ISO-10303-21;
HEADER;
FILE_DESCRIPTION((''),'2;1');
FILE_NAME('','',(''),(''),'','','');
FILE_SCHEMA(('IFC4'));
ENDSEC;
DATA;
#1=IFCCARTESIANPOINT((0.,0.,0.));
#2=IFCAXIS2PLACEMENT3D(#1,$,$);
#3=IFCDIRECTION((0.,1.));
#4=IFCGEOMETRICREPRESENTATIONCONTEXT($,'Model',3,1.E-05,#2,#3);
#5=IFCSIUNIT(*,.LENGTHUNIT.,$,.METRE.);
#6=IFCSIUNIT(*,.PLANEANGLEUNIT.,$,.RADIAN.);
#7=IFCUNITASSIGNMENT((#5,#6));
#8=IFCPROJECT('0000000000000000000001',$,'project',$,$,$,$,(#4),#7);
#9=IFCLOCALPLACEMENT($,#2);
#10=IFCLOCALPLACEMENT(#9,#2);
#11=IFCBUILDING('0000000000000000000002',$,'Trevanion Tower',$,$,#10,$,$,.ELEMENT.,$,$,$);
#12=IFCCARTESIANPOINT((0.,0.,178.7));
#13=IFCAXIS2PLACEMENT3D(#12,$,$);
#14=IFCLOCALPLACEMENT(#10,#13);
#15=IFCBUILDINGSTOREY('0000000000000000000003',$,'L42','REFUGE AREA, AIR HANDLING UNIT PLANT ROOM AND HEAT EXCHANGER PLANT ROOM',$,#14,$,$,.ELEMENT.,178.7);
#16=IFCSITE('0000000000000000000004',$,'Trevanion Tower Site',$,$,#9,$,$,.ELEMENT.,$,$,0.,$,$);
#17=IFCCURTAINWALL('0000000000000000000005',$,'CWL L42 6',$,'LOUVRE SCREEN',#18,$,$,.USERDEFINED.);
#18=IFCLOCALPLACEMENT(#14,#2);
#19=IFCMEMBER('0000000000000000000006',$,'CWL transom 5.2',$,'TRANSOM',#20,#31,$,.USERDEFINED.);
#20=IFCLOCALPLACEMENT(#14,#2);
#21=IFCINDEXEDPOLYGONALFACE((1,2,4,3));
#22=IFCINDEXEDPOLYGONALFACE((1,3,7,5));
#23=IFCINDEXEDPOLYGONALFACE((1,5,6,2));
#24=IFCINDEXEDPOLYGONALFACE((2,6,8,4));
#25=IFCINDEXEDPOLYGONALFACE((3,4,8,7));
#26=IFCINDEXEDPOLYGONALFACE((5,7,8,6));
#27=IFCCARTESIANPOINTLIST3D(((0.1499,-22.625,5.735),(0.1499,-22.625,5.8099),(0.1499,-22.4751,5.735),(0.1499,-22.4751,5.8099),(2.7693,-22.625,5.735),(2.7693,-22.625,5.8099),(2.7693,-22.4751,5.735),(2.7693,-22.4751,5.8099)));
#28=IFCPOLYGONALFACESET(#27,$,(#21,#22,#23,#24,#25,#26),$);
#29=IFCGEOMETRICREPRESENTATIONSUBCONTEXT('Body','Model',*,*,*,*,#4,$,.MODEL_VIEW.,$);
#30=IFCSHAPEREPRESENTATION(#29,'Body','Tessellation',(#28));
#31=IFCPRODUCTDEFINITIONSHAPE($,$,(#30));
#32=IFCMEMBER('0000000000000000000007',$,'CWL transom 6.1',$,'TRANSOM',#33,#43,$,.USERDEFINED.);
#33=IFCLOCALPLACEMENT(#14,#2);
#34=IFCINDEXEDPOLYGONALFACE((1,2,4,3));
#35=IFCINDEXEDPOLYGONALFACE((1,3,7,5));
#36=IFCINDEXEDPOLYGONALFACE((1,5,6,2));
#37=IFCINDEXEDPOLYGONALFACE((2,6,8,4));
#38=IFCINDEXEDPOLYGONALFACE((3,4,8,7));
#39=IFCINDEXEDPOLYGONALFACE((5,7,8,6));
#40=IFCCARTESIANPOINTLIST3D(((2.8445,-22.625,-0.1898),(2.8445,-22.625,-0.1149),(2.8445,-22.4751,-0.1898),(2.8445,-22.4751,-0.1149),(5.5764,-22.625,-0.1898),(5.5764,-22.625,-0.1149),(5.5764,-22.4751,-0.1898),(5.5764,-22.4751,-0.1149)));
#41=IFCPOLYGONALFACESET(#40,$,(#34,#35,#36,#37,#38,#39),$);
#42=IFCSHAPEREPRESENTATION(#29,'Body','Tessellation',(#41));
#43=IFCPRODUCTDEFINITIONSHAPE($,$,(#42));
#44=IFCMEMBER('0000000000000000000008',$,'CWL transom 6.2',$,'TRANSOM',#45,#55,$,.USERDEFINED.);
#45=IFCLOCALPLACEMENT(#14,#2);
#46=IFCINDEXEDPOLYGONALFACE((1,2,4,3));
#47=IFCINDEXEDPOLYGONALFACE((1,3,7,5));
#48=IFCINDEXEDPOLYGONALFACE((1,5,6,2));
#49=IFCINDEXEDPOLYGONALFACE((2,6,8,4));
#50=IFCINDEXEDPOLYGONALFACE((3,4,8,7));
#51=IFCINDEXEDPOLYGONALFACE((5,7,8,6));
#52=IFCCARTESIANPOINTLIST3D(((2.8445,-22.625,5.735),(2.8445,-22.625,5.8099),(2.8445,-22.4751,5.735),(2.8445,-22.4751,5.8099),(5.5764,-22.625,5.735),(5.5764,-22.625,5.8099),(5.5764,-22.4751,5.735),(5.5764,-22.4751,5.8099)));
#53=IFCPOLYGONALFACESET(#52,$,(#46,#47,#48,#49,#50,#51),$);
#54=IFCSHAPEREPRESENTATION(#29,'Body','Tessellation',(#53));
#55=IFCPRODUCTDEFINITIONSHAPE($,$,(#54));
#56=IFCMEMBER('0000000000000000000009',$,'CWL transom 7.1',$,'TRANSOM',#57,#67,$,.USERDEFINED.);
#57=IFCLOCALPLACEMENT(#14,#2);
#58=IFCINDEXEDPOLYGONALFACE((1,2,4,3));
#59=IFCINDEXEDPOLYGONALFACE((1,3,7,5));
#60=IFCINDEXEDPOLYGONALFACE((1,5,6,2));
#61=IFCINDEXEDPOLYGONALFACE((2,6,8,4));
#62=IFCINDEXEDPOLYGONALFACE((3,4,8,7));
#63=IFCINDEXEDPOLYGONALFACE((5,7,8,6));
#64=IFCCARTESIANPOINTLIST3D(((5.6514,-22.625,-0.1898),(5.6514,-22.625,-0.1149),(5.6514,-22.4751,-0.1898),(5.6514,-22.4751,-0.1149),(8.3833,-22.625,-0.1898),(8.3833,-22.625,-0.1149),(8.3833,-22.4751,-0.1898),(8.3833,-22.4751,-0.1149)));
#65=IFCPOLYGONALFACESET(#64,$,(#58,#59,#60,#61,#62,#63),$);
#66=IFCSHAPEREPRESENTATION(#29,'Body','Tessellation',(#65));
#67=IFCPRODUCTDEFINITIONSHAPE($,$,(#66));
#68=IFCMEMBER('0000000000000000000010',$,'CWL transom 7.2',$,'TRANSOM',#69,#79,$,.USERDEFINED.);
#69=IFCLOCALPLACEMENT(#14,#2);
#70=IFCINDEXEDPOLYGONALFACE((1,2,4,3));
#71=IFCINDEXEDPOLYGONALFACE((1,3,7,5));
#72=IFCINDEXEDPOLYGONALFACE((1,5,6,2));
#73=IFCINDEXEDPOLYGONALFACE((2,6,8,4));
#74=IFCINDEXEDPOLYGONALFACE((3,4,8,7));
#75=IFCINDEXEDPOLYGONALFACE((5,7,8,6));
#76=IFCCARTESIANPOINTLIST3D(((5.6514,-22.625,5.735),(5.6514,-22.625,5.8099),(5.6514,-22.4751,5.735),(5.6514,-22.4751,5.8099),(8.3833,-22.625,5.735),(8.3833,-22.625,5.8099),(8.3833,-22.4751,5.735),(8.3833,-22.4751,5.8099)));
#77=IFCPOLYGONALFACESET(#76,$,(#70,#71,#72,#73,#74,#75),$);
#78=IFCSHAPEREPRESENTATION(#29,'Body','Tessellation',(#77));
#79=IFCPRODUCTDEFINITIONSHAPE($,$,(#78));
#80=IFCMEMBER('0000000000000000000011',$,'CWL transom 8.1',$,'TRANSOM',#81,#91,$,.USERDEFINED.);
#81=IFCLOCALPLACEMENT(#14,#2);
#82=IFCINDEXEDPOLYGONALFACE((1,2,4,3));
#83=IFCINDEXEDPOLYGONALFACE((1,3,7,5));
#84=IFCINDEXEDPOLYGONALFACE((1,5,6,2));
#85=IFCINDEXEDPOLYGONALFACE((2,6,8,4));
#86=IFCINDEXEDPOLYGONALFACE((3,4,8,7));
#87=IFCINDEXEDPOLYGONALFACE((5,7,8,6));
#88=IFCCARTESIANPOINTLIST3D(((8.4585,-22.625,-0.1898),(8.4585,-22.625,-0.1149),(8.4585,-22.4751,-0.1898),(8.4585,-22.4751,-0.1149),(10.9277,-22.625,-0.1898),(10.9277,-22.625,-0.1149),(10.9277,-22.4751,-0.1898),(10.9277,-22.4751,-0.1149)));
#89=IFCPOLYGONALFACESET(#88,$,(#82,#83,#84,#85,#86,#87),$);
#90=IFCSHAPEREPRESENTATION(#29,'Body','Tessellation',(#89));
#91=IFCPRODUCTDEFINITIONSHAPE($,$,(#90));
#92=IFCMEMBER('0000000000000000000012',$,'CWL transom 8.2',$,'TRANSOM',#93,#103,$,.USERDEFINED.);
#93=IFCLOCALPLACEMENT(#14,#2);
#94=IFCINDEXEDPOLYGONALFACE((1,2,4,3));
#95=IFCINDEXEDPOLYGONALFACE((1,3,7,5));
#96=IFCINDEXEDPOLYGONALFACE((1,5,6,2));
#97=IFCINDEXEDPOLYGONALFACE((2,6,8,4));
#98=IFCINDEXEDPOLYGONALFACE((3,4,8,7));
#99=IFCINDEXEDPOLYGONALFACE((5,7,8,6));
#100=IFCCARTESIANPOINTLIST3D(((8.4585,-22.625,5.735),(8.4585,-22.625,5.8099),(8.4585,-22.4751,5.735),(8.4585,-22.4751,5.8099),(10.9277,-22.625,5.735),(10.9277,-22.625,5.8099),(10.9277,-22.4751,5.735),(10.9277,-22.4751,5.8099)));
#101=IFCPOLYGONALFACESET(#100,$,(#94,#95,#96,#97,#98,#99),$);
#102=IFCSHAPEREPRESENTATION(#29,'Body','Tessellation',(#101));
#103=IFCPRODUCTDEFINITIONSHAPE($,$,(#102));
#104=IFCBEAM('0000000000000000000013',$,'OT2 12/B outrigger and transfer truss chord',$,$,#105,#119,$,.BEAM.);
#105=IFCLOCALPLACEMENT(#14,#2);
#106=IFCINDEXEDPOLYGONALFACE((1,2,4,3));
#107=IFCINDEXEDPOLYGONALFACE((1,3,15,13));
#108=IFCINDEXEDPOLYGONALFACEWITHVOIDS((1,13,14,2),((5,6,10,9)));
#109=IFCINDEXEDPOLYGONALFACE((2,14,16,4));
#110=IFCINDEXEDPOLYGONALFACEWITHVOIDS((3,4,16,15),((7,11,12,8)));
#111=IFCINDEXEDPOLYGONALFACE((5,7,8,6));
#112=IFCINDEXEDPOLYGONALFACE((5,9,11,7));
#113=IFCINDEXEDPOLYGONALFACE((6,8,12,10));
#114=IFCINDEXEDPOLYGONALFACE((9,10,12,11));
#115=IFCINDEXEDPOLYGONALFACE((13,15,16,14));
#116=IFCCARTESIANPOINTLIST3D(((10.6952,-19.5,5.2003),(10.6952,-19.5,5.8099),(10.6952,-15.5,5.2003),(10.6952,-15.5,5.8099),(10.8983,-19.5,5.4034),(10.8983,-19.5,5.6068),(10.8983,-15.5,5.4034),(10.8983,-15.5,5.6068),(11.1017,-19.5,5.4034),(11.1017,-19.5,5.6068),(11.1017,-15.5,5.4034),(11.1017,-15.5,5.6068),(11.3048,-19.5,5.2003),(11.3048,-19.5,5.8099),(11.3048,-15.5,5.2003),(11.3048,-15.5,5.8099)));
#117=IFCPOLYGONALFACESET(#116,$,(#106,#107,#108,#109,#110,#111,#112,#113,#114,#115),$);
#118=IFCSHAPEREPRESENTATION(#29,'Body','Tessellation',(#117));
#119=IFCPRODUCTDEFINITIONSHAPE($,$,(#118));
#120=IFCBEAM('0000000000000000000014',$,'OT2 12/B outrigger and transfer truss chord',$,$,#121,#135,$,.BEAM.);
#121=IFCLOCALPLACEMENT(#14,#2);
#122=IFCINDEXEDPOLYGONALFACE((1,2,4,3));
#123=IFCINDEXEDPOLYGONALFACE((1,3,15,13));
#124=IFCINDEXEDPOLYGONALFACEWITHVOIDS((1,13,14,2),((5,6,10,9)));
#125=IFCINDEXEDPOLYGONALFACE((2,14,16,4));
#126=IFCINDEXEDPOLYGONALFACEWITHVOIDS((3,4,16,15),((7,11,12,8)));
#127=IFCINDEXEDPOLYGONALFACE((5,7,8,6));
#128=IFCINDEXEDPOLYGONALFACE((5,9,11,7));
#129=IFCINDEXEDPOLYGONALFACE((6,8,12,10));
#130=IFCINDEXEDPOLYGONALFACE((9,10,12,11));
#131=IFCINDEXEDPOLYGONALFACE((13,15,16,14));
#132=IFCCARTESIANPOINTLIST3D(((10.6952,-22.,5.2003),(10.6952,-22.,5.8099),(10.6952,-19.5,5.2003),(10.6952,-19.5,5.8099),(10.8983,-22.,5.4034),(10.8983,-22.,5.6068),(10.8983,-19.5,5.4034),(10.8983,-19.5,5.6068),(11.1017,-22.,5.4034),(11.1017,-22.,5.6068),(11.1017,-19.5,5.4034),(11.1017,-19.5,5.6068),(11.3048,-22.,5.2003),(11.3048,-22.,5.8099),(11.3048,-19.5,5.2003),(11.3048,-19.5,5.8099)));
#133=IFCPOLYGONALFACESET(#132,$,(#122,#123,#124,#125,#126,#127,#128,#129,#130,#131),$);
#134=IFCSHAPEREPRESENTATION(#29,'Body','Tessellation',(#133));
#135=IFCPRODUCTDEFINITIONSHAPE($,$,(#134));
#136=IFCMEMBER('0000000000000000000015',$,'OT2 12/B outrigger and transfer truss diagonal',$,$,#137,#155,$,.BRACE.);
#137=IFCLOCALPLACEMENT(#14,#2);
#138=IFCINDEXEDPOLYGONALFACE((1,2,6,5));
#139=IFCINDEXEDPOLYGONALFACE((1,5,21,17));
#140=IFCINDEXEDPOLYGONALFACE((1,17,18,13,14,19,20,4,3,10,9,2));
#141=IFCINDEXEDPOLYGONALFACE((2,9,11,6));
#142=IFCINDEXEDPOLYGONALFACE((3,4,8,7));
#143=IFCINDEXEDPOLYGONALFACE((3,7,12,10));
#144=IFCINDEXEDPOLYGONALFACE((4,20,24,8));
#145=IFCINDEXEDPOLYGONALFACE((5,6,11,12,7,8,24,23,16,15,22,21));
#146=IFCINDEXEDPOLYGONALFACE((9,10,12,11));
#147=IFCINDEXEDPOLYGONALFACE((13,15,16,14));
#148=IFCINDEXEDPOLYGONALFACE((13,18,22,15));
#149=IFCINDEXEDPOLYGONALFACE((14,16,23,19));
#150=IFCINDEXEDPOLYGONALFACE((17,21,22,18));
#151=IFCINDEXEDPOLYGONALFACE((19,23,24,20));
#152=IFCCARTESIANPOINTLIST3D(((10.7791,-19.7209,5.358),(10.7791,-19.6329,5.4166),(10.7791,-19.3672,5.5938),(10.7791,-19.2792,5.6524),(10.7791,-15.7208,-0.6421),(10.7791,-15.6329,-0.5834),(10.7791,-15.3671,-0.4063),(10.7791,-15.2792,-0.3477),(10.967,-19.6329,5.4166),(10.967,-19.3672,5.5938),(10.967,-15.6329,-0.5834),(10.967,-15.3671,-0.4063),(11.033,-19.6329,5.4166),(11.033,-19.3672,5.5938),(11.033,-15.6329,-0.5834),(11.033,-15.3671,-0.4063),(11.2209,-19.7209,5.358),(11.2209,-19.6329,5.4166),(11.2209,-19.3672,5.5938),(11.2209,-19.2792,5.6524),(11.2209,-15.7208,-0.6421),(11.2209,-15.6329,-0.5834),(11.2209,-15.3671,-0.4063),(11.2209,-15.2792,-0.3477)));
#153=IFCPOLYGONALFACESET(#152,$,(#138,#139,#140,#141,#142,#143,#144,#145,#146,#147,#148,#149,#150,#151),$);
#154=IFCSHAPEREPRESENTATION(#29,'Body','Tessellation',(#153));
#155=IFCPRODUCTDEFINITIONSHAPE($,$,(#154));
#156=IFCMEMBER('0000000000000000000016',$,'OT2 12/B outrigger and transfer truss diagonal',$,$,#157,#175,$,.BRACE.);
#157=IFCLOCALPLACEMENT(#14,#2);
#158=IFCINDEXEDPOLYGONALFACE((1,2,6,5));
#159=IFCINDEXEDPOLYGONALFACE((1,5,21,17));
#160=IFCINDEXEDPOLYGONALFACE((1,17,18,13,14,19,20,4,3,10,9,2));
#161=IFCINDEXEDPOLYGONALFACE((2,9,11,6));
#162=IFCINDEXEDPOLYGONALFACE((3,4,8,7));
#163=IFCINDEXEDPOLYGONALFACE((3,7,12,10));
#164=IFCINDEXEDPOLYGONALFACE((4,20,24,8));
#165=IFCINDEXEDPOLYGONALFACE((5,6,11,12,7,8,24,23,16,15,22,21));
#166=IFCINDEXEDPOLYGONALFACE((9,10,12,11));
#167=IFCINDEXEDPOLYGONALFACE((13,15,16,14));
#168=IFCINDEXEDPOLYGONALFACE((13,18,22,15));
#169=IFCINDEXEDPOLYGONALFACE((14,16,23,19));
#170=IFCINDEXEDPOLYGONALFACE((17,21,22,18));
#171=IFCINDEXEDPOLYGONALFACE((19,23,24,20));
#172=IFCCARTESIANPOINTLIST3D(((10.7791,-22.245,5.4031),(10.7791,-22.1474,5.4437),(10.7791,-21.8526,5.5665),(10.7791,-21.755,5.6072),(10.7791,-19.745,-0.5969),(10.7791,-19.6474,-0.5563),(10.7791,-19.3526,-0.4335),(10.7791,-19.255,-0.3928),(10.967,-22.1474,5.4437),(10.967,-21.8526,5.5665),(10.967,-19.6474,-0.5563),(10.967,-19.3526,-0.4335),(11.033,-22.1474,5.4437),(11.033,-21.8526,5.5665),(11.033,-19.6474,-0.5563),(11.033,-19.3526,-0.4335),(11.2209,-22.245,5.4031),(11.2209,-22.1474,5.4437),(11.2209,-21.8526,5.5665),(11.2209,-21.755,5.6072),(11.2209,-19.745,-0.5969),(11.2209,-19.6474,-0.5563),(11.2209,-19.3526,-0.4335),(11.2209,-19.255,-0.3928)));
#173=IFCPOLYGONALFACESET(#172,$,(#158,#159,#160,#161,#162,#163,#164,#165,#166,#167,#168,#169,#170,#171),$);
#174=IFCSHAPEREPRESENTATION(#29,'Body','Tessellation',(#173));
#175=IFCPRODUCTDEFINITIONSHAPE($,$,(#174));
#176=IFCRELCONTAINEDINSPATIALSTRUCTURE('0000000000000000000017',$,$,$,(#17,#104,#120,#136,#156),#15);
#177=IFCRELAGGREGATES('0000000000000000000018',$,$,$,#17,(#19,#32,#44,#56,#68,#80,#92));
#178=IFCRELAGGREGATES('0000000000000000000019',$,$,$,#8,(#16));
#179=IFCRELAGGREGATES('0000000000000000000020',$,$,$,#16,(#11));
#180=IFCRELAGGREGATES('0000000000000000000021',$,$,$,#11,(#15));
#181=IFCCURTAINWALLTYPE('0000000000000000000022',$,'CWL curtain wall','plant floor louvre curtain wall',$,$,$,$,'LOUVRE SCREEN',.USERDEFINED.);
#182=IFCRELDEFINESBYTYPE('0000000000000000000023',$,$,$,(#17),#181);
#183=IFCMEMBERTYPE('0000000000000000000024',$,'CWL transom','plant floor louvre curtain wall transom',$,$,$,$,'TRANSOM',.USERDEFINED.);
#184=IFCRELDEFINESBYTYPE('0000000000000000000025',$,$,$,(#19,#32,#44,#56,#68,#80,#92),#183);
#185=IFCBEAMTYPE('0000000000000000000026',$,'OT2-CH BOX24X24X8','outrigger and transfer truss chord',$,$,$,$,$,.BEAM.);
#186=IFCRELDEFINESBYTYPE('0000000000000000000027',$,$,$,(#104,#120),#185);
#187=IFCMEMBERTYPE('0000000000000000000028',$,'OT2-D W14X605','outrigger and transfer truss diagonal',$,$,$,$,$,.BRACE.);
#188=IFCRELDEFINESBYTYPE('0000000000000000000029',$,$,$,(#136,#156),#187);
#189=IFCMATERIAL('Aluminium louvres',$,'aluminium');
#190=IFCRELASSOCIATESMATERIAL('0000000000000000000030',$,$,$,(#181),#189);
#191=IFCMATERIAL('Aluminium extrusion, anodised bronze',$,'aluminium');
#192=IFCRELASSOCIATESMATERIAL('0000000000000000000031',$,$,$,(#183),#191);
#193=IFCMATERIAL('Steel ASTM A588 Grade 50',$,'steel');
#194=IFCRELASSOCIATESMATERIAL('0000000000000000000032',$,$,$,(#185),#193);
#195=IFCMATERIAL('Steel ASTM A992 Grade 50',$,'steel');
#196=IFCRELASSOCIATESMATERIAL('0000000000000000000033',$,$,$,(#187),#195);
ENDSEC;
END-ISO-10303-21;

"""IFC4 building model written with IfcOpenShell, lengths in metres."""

from ifc_helpers import new_model, si_unit, direction, frame, origin, origin_2d, place, context, subcontext, project, spatial, rectangle, hollow_rectangle, i_section, extrude, material, material_profile, profile_set, type_object, element, aggregate, save


model = new_model("IFC4")

# Units and contexts
model_context = context("Model", 3, precision=1e-05, world=origin(), true_north=direction((0.0, 1.0)))
body_context = subcontext(model_context, "Body", "Model", "MODEL_VIEW")
ifc_project = project(units=[si_unit("LENGTHUNIT", "METRE"), si_unit("PLANEANGLEUNIT", "RADIAN")], contexts=[model_context])

# Site, building, storey
site_placement = place(None, origin())
site = spatial("IfcSite", under=ifc_project, at=site_placement, Name="Trevanion Tower Site", CompositionType="ELEMENT", RefElevation=0.0)
building_placement = place(site_placement, origin())
building = spatial("IfcBuilding", under=site, at=building_placement, Name="Trevanion Tower", CompositionType="ELEMENT")
storey_placement = place(building_placement, frame((0.0, 0.0, 178.7)))
storey = spatial("IfcBuildingStorey", under=building, at=storey_placement, Name="L42", Description="REFUGE AREA, AIR HANDLING UNIT PLANT ROOM AND HEAT EXCHANGER PLANT ROOM", CompositionType="ELEMENT", Elevation=178.7)

# Curtain wall, members
ifc_material_1 = material(Name="Aluminium louvres", Category="aluminium")
curtain_wall_type = type_object("IfcCurtainWallType", Name="CWL curtain wall", Description="plant floor louvre curtain wall", ElementType="LOUVRE SCREEN", PredefinedType="USERDEFINED", material=ifc_material_1)
curtain_wall_placement = place(storey_placement, origin())
curtain_wall = element("IfcCurtainWall", 1, at=curtain_wall_placement, inside=storey, type_object=curtain_wall_type, Name="CWL L42 6", ObjectType="LOUVRE SCREEN", PredefinedType="USERDEFINED")
ifc_material_2 = material(Name="Aluminium extrusion, anodised bronze", Category="aluminium")
ifc_material_profile_1 = material_profile(ifc_material_2, rectangle(XDim=0.1499, YDim=0.075, at=origin_2d()), Name="CWL transom")
ifc_profile_set_1 = profile_set([ifc_material_profile_1], Name="Aluminium extrusion, anodised bronze")
member_type_1 = type_object("IfcMemberType", Name="CWL transom", Description="plant floor louvre curtain wall transom", ElementType="TRANSOM", PredefinedType="USERDEFINED", material=ifc_profile_set_1)
member_1_placement = place(storey_placement, frame((0.1499, -22.55, 5.7725), z_axis=(1.0, 0.0, 0.0), x_axis=(0.0, 1.0, 0.0)))
member_1 = element("IfcMember", 2, at=member_1_placement, type_object=member_type_1, Name="CWL transom 5.2", ObjectType="TRANSOM", PredefinedType="USERDEFINED", context=body_context, shape_type="SweptSolid", body=[
    extrude(rectangle(XDim=0.1499, YDim=0.075, at=origin_2d()), origin(), (0.0, 0.0, 1.0), 2.6194),
])
member_2_placement = place(storey_placement, frame((2.8445, -22.55, -0.1523), z_axis=(1.0, 0.0, 0.0), x_axis=(0.0, 1.0, 0.0)))
member_2 = element("IfcMember", 3, at=member_2_placement, type_object=member_type_1, Name="CWL transom 6.1", ObjectType="TRANSOM", PredefinedType="USERDEFINED", context=body_context, shape_type="SweptSolid", body=[
    extrude(rectangle(XDim=0.1499, YDim=0.075, at=origin_2d()), origin(), (0.0, 0.0, 1.0), 2.7319),
])
member_3_placement = place(storey_placement, frame((2.8445, -22.55, 5.7725), z_axis=(1.0, 0.0, 0.0), x_axis=(0.0, 1.0, 0.0)))
member_3 = element("IfcMember", 4, at=member_3_placement, type_object=member_type_1, Name="CWL transom 6.2", ObjectType="TRANSOM", PredefinedType="USERDEFINED", context=body_context, shape_type="SweptSolid", body=[
    extrude(rectangle(XDim=0.1499, YDim=0.075, at=origin_2d()), origin(), (0.0, 0.0, 1.0), 2.7319),
])
member_4_placement = place(storey_placement, frame((5.6514, -22.55, -0.1523), z_axis=(1.0, 0.0, 0.0), x_axis=(0.0, 1.0, 0.0)))
member_4 = element("IfcMember", 5, at=member_4_placement, type_object=member_type_1, Name="CWL transom 7.1", ObjectType="TRANSOM", PredefinedType="USERDEFINED", context=body_context, shape_type="SweptSolid", body=[
    extrude(rectangle(XDim=0.1499, YDim=0.075, at=origin_2d()), origin(), (0.0, 0.0, 1.0), 2.7319),
])
member_5_placement = place(storey_placement, frame((5.6514, -22.55, 5.7725), z_axis=(1.0, 0.0, 0.0), x_axis=(0.0, 1.0, 0.0)))
member_5 = element("IfcMember", 6, at=member_5_placement, type_object=member_type_1, Name="CWL transom 7.2", ObjectType="TRANSOM", PredefinedType="USERDEFINED", context=body_context, shape_type="SweptSolid", body=[
    extrude(rectangle(XDim=0.1499, YDim=0.075, at=origin_2d()), origin(), (0.0, 0.0, 1.0), 2.7319),
])
member_6_placement = place(storey_placement, frame((8.4585, -22.55, -0.1523), z_axis=(1.0, 0.0, 0.0), x_axis=(0.0, 1.0, 0.0)))
member_6 = element("IfcMember", 7, at=member_6_placement, type_object=member_type_1, Name="CWL transom 8.1", ObjectType="TRANSOM", PredefinedType="USERDEFINED", context=body_context, shape_type="SweptSolid", body=[
    extrude(rectangle(XDim=0.1499, YDim=0.075, at=origin_2d()), origin(), (0.0, 0.0, 1.0), 2.4692),
])
member_7_placement = place(storey_placement, frame((8.4585, -22.55, 5.7725), z_axis=(1.0, 0.0, 0.0), x_axis=(0.0, 1.0, 0.0)))
member_7 = element("IfcMember", 8, at=member_7_placement, type_object=member_type_1, Name="CWL transom 8.2", ObjectType="TRANSOM", PredefinedType="USERDEFINED", context=body_context, shape_type="SweptSolid", body=[
    extrude(rectangle(XDim=0.1499, YDim=0.075, at=origin_2d()), origin(), (0.0, 0.0, 1.0), 2.4692),
])

# Beams
ifc_material_3 = material(Name="Steel ASTM A588 Grade 50", Category="steel")
ifc_material_profile_2 = material_profile(ifc_material_3, hollow_rectangle(XDim=0.6096, YDim=0.6096, WallThickness=0.2031, at=origin_2d()), Name="BOX24X24X8")
ifc_profile_set_2 = profile_set([ifc_material_profile_2], Name="Steel ASTM A588 Grade 50")
beam_type_1 = type_object("IfcBeamType", Name="OT2-CH BOX24X24X8", Description="outrigger and transfer truss chord", PredefinedType="BEAM", material=ifc_profile_set_2)
beam_1_placement = place(storey_placement, frame((11.0, -15.5, 5.5051), z_axis=(0.0, -1.0, 0.0), x_axis=(1.0, 0.0, 0.0)))
element("IfcBeam", 9, at=beam_1_placement, inside=storey, type_object=beam_type_1, Name="OT2 12/B outrigger and transfer truss chord", PredefinedType="BEAM", context=body_context, shape_type="SweptSolid", body=[
    extrude(hollow_rectangle(XDim=0.6096, YDim=0.6096, WallThickness=0.2031, at=origin_2d()), origin(), (0.0, 0.0, 1.0), 4.0),
])
beam_2_placement = place(storey_placement, frame((11.0, -19.5, 5.5051), z_axis=(0.0, -1.0, 0.0), x_axis=(1.0, 0.0, 0.0)))
element("IfcBeam", 10, at=beam_2_placement, inside=storey, type_object=beam_type_1, Name="OT2 12/B outrigger and transfer truss chord", PredefinedType="BEAM", context=body_context, shape_type="SweptSolid", body=[
    extrude(hollow_rectangle(XDim=0.6096, YDim=0.6096, WallThickness=0.2031, at=origin_2d()), origin(), (0.0, 0.0, 1.0), 2.5),
])

# Members
ifc_material_4 = material(Name="Steel ASTM A992 Grade 50", Category="steel")
ifc_material_profile_3 = material_profile(ifc_material_4, i_section(OverallWidth=0.4419, OverallDepth=0.5308, WebThickness=0.0659, FlangeThickness=0.1057, at=origin_2d()), Name="W14X605")
ifc_profile_set_3 = profile_set([ifc_material_profile_3], Name="Steel ASTM A992 Grade 50")
member_type_2 = type_object("IfcMemberType", Name="OT2-D W14X605", Description="outrigger and transfer truss diagonal", PredefinedType="BRACE", material=ifc_profile_set_3)
member_8_placement = place(storey_placement, frame((11.0, -15.5, -0.4949), z_axis=(0.0, -0.5547, 0.83205), x_axis=(1.0, 0.0, 0.0)))
element("IfcMember", 11, at=member_8_placement, inside=storey, type_object=member_type_2, Name="OT2 12/B outrigger and transfer truss diagonal", PredefinedType="BRACE", context=body_context, shape_type="SweptSolid", body=[
    extrude(i_section(OverallWidth=0.4419, OverallDepth=0.5308, WebThickness=0.0659, FlangeThickness=0.1057, at=origin_2d()), origin(), (0.0, 0.0, 1.0), 7.2112),
])
member_9_placement = place(storey_placement, frame((11.0, -19.5, -0.4949), z_axis=(0.0, -0.384615, 0.923077), x_axis=(1.0, 0.0, 0.0)))
element("IfcMember", 12, at=member_9_placement, inside=storey, type_object=member_type_2, Name="OT2 12/B outrigger and transfer truss diagonal", PredefinedType="BRACE", context=body_context, shape_type="SweptSolid", body=[
    extrude(i_section(OverallWidth=0.4419, OverallDepth=0.5308, WebThickness=0.0659, FlangeThickness=0.1057, at=origin_2d()), origin(), (0.0, 0.0, 1.0), 6.5),
])

aggregate(curtain_wall, [member_1, member_2, member_3, member_4, member_5, member_6, member_7])

save(model, "model.ifc")
